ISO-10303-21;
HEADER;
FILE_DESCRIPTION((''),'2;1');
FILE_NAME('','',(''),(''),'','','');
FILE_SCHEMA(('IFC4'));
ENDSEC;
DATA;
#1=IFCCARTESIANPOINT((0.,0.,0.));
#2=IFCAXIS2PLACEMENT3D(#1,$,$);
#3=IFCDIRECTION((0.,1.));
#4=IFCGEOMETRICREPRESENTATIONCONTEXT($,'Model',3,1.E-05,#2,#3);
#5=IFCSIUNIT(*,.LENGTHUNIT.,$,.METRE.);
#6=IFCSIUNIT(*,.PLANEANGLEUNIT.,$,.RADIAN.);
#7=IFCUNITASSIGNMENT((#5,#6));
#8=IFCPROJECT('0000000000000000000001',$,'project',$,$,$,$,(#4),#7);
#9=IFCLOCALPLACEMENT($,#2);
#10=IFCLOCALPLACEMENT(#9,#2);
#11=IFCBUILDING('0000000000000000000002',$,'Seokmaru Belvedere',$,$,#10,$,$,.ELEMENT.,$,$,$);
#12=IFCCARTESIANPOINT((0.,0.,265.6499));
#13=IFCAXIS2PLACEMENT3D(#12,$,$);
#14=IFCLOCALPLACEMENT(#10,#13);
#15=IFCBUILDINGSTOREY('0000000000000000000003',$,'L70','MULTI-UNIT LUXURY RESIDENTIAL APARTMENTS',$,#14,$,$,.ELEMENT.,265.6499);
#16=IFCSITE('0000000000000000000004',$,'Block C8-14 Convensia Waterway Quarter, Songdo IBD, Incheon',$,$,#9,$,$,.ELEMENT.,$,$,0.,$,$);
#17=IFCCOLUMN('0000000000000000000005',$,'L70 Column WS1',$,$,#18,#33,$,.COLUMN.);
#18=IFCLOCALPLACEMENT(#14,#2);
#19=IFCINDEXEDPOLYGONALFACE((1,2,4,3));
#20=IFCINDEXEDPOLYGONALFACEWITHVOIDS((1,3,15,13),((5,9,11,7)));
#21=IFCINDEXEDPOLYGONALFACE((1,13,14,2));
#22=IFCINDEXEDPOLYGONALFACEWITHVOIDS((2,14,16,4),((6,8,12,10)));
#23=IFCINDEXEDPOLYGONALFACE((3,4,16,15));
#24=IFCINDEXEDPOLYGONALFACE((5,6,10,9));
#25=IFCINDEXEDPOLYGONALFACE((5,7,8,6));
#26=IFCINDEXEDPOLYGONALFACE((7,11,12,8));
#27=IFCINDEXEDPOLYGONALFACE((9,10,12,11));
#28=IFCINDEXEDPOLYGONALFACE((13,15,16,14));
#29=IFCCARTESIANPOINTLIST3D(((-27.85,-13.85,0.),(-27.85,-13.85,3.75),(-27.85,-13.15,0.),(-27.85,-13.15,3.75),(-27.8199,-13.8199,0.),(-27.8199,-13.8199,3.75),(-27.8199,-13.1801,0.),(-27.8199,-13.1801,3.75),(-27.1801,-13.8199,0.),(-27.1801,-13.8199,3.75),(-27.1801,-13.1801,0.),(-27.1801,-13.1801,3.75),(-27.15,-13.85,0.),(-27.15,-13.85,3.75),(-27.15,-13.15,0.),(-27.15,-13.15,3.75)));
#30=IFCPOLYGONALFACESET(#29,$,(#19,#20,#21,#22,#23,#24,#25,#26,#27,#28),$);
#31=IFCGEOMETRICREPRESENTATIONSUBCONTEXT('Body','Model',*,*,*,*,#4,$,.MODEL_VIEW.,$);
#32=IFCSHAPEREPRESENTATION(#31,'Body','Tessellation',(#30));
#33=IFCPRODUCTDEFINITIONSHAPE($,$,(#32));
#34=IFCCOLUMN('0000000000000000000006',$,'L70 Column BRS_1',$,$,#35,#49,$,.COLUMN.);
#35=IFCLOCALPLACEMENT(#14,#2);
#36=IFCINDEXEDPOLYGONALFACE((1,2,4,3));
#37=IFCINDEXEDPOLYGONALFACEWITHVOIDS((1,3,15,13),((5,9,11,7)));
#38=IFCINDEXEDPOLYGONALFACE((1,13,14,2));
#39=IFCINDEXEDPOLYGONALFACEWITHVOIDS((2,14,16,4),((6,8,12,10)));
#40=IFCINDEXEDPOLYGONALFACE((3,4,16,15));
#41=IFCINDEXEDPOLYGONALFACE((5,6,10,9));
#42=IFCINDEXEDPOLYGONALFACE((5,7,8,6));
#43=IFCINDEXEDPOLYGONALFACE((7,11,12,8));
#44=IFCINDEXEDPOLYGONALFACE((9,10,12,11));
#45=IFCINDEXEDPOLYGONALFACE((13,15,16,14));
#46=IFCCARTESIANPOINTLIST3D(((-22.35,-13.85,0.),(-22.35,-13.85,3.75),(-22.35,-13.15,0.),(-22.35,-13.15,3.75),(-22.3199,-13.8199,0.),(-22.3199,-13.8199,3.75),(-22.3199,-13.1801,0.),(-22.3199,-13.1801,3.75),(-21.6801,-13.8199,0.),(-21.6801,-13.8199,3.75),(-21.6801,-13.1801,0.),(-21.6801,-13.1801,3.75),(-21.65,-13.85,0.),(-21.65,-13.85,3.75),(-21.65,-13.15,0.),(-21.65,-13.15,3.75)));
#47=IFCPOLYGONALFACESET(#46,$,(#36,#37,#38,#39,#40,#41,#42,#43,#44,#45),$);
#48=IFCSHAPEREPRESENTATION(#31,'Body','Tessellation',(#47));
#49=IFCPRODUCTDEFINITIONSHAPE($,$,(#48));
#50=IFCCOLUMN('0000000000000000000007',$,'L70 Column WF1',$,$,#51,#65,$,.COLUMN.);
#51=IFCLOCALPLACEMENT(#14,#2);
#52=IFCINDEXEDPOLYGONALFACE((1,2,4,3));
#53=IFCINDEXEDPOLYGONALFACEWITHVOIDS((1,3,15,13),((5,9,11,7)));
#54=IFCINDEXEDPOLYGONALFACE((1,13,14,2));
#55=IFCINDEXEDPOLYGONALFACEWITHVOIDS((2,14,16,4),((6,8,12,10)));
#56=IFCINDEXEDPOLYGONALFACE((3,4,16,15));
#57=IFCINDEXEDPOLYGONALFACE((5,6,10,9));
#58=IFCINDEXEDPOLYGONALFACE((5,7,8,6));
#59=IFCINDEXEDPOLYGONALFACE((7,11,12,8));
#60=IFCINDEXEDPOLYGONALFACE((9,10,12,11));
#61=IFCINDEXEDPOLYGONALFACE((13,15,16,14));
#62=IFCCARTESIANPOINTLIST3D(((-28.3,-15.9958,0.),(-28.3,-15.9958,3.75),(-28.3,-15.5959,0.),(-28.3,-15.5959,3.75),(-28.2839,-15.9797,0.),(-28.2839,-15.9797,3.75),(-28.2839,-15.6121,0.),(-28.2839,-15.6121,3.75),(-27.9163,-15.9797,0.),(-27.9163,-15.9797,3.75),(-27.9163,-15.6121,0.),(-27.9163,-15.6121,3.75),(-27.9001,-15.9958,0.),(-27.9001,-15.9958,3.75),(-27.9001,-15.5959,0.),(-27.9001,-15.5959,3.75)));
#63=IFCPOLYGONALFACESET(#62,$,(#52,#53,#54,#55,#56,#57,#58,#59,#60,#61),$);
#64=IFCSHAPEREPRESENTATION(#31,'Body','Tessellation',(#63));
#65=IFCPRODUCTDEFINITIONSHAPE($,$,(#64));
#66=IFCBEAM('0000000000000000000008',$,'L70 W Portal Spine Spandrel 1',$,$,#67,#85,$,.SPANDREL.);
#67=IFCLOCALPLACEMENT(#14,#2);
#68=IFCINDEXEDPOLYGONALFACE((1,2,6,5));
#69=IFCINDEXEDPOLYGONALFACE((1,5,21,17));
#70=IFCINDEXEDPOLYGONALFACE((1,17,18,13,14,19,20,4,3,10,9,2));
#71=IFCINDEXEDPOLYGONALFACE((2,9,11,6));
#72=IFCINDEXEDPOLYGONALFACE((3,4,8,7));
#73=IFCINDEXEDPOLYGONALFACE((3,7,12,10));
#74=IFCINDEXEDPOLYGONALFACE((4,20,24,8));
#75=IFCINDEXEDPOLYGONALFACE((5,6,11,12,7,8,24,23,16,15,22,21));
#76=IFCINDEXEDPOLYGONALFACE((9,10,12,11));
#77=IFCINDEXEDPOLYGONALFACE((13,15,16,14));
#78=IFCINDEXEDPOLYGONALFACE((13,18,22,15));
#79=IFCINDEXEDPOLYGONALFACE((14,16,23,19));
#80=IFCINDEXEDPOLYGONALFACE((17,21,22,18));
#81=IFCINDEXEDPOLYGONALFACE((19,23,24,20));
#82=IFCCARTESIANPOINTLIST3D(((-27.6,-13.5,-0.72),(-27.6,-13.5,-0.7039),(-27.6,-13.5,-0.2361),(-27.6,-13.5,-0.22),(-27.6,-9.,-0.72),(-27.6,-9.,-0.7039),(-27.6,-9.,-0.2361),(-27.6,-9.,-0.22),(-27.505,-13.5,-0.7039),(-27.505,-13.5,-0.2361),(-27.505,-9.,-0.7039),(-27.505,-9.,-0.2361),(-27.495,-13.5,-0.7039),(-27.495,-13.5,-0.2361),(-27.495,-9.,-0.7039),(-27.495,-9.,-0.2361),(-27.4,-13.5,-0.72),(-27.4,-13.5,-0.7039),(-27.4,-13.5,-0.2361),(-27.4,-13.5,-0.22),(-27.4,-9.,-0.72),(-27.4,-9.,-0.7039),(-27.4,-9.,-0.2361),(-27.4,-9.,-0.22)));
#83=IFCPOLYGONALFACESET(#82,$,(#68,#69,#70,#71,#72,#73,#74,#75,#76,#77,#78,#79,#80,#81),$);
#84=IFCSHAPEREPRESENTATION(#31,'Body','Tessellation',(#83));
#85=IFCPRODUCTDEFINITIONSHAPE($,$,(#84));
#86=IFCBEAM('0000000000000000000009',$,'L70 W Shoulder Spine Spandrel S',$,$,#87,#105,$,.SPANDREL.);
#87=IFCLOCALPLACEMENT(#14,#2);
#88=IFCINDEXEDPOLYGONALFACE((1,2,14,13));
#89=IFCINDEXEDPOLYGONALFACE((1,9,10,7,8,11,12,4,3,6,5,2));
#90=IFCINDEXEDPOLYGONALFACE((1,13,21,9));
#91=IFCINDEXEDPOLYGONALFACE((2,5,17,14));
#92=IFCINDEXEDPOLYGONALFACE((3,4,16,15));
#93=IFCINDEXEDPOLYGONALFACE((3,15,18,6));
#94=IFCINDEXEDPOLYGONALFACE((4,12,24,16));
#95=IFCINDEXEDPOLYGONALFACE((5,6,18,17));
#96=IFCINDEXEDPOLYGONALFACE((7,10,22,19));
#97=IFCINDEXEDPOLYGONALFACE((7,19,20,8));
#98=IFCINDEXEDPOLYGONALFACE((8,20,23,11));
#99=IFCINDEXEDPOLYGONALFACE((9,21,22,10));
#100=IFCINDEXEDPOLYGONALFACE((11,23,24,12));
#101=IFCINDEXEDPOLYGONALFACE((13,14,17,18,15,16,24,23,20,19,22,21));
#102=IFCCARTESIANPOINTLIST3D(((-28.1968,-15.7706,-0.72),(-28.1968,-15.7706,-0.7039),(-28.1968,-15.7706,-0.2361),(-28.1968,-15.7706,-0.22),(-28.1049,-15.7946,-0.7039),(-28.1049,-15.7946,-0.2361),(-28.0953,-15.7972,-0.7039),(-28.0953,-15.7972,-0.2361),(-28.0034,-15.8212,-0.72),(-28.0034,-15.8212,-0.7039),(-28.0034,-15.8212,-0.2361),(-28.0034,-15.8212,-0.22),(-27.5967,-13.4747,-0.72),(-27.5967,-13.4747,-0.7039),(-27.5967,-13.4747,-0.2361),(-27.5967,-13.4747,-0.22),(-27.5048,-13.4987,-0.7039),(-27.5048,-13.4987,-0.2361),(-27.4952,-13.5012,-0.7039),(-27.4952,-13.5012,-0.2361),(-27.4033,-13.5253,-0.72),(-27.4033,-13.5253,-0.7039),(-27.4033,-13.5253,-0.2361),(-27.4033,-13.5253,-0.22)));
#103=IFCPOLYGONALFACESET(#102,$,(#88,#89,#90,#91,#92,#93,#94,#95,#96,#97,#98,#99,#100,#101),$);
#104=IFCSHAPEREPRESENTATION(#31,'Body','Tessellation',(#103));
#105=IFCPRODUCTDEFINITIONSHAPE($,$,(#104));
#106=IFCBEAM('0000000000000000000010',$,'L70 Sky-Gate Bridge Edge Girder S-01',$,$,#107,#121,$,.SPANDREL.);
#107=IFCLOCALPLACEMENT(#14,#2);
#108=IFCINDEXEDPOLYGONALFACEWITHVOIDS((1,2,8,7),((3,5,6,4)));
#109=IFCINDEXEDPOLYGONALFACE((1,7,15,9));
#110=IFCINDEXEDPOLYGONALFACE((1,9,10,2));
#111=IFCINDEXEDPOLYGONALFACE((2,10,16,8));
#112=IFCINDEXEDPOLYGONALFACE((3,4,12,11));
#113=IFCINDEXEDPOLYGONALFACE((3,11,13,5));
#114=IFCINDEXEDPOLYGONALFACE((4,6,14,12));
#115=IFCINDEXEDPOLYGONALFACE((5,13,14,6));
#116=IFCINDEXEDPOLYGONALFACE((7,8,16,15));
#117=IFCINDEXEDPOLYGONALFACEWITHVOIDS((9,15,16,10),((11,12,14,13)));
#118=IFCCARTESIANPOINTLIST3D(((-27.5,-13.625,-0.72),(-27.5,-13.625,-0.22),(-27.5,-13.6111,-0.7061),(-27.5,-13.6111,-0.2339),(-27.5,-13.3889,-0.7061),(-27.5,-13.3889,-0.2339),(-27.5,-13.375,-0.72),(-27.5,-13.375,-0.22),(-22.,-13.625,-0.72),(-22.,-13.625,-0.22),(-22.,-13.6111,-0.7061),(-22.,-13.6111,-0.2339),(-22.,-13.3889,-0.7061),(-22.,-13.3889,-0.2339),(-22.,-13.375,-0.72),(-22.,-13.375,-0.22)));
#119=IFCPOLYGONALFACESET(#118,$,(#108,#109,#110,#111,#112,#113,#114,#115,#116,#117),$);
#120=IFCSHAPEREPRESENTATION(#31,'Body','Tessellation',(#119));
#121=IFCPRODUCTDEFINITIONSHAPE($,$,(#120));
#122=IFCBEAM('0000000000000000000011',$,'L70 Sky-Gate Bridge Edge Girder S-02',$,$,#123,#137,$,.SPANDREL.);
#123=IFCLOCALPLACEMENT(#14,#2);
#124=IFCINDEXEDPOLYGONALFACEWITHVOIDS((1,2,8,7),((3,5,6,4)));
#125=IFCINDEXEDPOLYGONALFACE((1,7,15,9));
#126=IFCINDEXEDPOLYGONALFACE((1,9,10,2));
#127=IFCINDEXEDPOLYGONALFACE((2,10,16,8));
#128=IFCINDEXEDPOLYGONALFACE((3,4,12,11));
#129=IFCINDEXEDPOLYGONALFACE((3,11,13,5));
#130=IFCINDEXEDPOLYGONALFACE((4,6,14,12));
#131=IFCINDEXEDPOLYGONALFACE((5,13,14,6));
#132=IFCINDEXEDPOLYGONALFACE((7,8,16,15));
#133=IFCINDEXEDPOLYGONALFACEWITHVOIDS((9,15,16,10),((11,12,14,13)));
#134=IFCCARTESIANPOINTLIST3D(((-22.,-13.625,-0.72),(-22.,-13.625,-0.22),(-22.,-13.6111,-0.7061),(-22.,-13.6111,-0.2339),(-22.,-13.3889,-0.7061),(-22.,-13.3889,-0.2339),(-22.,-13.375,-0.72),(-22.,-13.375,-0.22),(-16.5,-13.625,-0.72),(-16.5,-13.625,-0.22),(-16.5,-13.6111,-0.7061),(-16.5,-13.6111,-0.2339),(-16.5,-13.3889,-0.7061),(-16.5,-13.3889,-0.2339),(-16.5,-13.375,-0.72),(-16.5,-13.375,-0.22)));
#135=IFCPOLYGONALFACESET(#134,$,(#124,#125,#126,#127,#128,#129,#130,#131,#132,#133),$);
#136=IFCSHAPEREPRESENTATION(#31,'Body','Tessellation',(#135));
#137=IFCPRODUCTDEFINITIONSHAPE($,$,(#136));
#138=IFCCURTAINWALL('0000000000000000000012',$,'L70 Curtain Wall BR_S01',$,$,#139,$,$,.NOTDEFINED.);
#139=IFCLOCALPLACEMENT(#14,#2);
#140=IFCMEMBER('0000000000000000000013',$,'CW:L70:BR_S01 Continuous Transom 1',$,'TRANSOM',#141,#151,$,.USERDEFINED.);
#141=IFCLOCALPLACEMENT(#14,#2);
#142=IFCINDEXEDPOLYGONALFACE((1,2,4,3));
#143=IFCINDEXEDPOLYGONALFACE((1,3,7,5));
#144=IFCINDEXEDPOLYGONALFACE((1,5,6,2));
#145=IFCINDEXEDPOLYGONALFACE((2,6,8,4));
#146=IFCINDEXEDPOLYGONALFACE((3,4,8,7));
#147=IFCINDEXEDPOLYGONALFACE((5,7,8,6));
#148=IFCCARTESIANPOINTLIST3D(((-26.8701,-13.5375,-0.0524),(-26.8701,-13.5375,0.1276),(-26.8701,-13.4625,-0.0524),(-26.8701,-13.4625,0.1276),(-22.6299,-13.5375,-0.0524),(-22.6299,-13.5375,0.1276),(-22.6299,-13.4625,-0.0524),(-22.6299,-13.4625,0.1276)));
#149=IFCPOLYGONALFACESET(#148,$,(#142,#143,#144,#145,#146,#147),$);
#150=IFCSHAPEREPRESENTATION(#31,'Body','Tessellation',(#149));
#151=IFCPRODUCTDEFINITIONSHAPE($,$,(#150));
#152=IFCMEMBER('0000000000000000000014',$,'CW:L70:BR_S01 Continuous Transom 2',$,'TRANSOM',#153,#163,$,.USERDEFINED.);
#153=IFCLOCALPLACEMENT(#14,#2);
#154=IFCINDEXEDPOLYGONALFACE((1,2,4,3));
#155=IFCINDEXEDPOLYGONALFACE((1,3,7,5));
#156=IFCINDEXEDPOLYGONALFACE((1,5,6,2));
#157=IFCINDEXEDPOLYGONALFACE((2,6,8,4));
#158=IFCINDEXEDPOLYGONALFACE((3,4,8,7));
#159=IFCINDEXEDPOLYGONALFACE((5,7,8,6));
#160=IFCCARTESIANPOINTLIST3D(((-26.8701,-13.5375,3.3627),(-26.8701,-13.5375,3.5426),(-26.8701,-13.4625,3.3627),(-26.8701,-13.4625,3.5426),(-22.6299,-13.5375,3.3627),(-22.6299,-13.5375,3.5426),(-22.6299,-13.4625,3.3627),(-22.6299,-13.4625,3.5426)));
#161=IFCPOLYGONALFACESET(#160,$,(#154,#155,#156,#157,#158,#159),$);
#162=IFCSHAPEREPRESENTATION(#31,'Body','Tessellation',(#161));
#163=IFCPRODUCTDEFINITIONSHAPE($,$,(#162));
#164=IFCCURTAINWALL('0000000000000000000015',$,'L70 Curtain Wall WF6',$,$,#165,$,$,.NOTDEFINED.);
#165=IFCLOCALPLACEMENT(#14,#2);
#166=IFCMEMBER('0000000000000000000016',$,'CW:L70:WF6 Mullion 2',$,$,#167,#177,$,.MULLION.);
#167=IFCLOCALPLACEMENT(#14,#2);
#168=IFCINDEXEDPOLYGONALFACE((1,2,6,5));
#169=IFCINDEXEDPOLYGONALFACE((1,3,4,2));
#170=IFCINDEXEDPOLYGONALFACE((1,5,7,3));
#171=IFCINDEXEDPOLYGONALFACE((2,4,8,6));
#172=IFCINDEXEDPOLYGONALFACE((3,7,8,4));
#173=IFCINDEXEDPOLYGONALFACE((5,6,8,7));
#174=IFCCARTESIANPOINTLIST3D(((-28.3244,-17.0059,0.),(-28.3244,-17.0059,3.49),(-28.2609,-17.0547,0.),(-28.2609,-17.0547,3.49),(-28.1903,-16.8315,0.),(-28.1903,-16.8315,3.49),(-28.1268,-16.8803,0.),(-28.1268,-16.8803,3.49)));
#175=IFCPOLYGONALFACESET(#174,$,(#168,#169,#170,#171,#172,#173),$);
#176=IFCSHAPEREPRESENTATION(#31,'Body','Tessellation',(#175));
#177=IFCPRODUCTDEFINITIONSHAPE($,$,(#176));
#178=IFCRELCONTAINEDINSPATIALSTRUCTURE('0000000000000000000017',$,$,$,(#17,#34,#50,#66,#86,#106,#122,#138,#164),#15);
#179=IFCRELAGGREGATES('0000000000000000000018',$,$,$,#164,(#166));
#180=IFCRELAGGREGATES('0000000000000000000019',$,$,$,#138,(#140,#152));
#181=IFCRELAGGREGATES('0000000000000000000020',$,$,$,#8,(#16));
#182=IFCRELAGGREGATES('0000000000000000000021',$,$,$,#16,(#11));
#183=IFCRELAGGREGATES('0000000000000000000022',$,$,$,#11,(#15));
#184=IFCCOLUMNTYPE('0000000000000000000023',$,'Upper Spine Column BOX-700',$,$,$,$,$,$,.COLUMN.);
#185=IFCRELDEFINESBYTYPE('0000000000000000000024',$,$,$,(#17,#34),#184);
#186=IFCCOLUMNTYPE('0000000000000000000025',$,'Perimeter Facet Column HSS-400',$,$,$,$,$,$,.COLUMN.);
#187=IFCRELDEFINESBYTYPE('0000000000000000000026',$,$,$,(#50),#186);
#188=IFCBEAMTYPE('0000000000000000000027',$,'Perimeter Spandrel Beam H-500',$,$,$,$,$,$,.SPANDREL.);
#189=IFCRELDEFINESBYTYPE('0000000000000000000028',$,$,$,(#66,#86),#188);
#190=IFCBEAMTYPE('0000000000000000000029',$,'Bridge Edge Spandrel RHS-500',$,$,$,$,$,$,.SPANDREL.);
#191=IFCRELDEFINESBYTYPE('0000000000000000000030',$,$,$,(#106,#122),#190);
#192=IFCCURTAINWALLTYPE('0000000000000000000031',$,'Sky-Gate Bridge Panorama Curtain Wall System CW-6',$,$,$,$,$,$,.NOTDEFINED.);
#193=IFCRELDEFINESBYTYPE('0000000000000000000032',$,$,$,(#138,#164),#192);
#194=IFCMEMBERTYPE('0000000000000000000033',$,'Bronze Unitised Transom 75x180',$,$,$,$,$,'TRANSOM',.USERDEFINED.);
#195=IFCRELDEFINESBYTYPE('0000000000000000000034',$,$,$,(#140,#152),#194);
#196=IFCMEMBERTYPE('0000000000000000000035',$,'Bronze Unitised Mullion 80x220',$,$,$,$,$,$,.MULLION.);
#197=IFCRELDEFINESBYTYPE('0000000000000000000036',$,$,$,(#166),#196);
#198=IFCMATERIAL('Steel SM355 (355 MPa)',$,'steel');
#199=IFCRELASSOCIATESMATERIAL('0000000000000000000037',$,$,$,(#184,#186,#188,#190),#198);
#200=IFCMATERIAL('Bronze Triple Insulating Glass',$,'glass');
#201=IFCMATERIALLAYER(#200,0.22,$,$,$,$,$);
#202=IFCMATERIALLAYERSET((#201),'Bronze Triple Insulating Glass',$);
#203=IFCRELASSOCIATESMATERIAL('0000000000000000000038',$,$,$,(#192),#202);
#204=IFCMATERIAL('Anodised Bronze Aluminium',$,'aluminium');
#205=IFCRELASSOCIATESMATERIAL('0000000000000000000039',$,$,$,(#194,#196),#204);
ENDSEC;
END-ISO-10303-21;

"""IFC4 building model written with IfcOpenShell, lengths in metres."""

from ifc_helpers import new_model, si_unit, direction, frame, origin, origin_2d, place, context, subcontext, project, spatial, rectangle, hollow_rectangle, i_section, extrude, source, transform, mapped, material, layer, layer_set, material_profile, profile_set, type_object, type_shapes, element, aggregate, save


model = new_model("IFC4")

# Units and contexts
model_context = context("Model", 3, precision=1e-05, world=origin(), true_north=direction((0.0, 1.0)))
body_context = subcontext(model_context, "Body", "Model", "MODEL_VIEW")
ifc_project = project(units=[si_unit("LENGTHUNIT", "METRE"), si_unit("PLANEANGLEUNIT", "RADIAN")], contexts=[model_context])

# Site, building, storey
site_placement = place(None, origin())
site = spatial("IfcSite", under=ifc_project, at=site_placement, Name="Block C8-14 Convensia Waterway Quarter, Songdo IBD, Incheon", CompositionType="ELEMENT", RefElevation=0.0)
building_placement = place(site_placement, origin())
building = spatial("IfcBuilding", under=site, at=building_placement, Name="Seokmaru Belvedere", CompositionType="ELEMENT")
storey_placement = place(building_placement, frame((0.0, 0.0, 265.6499)))
storey = spatial("IfcBuildingStorey", under=building, at=storey_placement, Name="L70", Description="MULTI-UNIT LUXURY RESIDENTIAL APARTMENTS", CompositionType="ELEMENT", Elevation=265.6499)

# Columns
ifc_material_1 = material(Name="Steel SM355 (355 MPa)", Category="steel")
ifc_material_profile_1 = material_profile(ifc_material_1, hollow_rectangle(XDim=0.7, YDim=0.7, WallThickness=0.03, at=origin_2d()), Name="BOX-700x700x30")
ifc_profile_set_1 = profile_set([ifc_material_profile_1], Name="Steel SM355 (355 MPa)")
column_type_1 = type_object("IfcColumnType", Name="Upper Spine Column BOX-700", PredefinedType="COLUMN", material=ifc_profile_set_1)
shared_shape_1 = source(origin(), body_context, "Body", "SweptSolid", [
    extrude(hollow_rectangle(XDim=0.7, YDim=0.7, WallThickness=0.03, at=origin_2d()), origin(), (0.0, 0.0, 1.0), 3.75),
])
type_shapes(column_type_1, [shared_shape_1])
for number, where, z_axis, x_axis, name in (
    (1, (-27.5, -13.5, 0.0), (0.0, 0.0, 1.0), (1.0, 0.0, 0.0), "L70 Column WS1"),
    (2, (-22.0, -13.5, 0.0), (0.0, 0.0, 1.0), (1.0, 0.0, 0.0), "L70 Column BRS_1"),
):
    element("IfcColumn", number, at=place(storey_placement, frame(where, z_axis=z_axis, x_axis=x_axis)), inside=storey, type_object=column_type_1, Name=name, PredefinedType="COLUMN", context=body_context, shape_type="MappedRepresentation", body=[
        mapped(shared_shape_1, transform((0.0, 0.0, 0.0), scale=1.0)),
    ])
ifc_material_profile_2 = material_profile(ifc_material_1, hollow_rectangle(XDim=0.3999, YDim=0.3999, WallThickness=0.0161, at=origin_2d()), Name="HSS-400x400x16")
ifc_profile_set_2 = profile_set([ifc_material_profile_2], Name="Steel SM355 (355 MPa)")
column_type_2 = type_object("IfcColumnType", Name="Perimeter Facet Column HSS-400", PredefinedType="COLUMN", material=ifc_profile_set_2)
shared_shape_2 = source(origin(), body_context, "Body", "SweptSolid", [
    extrude(hollow_rectangle(XDim=0.3999, YDim=0.3999, WallThickness=0.0161, at=origin_2d()), origin(), (0.0, 0.0, 1.0), 3.75),
])
type_shapes(column_type_2, [shared_shape_2])
column_placement = place(storey_placement, frame((-28.1001, -15.7959, 0.0), z_axis=(0.0, 0.0, 1.0), x_axis=(1.0, 0.0, 0.0)))
element("IfcColumn", 3, at=column_placement, inside=storey, type_object=column_type_2, Name="L70 Column WF1", PredefinedType="COLUMN", context=body_context, shape_type="MappedRepresentation", body=[
    mapped(shared_shape_2, transform((0.0, 0.0, 0.0), scale=1.0)),
])

# Beams
ifc_material_profile_3 = material_profile(ifc_material_1, i_section(OverallWidth=0.2, OverallDepth=0.5, WebThickness=0.01, FlangeThickness=0.0161, at=origin_2d()), Name="H-500x200x10x16")
ifc_profile_set_3 = profile_set([ifc_material_profile_3], Name="Steel SM355 (355 MPa)")
beam_type_1 = type_object("IfcBeamType", Name="Perimeter Spandrel Beam H-500", PredefinedType="SPANDREL", material=ifc_profile_set_3)
shared_shape_3 = source(origin(), body_context, "Body", "SweptSolid", [
    extrude(i_section(OverallWidth=0.2, OverallDepth=0.5, WebThickness=0.01, FlangeThickness=0.0161, at=origin_2d()), origin(), (0.0, 0.0, 1.0), 4.5),
])
beam_1_placement = place(storey_placement, frame((-27.5, -13.5, -0.47), z_axis=(0.0, 1.0, 0.0), x_axis=(-1.0, 0.0, 0.0)))
element("IfcBeam", 4, at=beam_1_placement, inside=storey, type_object=beam_type_1, Name="L70 W Portal Spine Spandrel 1", PredefinedType="SPANDREL", context=body_context, shape_type="MappedRepresentation", body=[
    mapped(shared_shape_3, transform((0.0, 0.0, 0.0), scale=1.0)),
])
shared_shape_4 = source(origin(), body_context, "Body", "SweptSolid", [
    extrude(i_section(OverallWidth=0.2, OverallDepth=0.5, WebThickness=0.01, FlangeThickness=0.0161, at=origin_2d()), origin(), (0.0, 0.0, 1.0), 2.373),
])
type_shapes(beam_type_1, [shared_shape_3, shared_shape_4])
beam_2_placement = place(storey_placement, frame((-28.1001, -15.7959, -0.47), z_axis=(0.252883, 0.967497, 0.0), x_axis=(-0.967497, 0.252883, 0.0)))
element("IfcBeam", 5, at=beam_2_placement, inside=storey, type_object=beam_type_1, Name="L70 W Shoulder Spine Spandrel S", PredefinedType="SPANDREL", context=body_context, shape_type="MappedRepresentation", body=[
    mapped(shared_shape_4, transform((0.0, 0.0, 0.0), scale=1.0)),
])
ifc_material_profile_4 = material_profile(ifc_material_1, hollow_rectangle(XDim=0.25, YDim=0.5, WallThickness=0.0139, at=origin_2d()), Name="RHS-500x250x14")
ifc_profile_set_4 = profile_set([ifc_material_profile_4], Name="Steel SM355 (355 MPa)")
beam_type_2 = type_object("IfcBeamType", Name="Bridge Edge Spandrel RHS-500", PredefinedType="SPANDREL", material=ifc_profile_set_4)
shared_shape_5 = source(origin(), body_context, "Body", "SweptSolid", [
    extrude(hollow_rectangle(XDim=0.25, YDim=0.5, WallThickness=0.0139, at=origin_2d()), origin(), (0.0, 0.0, 1.0), 5.5),
])
type_shapes(beam_type_2, [shared_shape_5])
for number, where, z_axis, x_axis, name in (
    (6, (-27.5, -13.5, -0.47), (1.0, 0.0, 0.0), (0.0, 1.0, 0.0), "L70 Sky-Gate Bridge Edge Girder S-01"),
    (7, (-22.0, -13.5, -0.47), (1.0, 0.0, 0.0), (0.0, 1.0, 0.0), "L70 Sky-Gate Bridge Edge Girder S-02"),
):
    element("IfcBeam", number, at=place(storey_placement, frame(where, z_axis=z_axis, x_axis=x_axis)), inside=storey, type_object=beam_type_2, Name=name, PredefinedType="SPANDREL", context=body_context, shape_type="MappedRepresentation", body=[
        mapped(shared_shape_5, transform((0.0, 0.0, 0.0), scale=1.0)),
    ])

# Curtain wall, members
ifc_material_2 = material(Name="Bronze Triple Insulating Glass", Category="glass")
ifc_layer_1 = layer(ifc_material_2, 0.22)
ifc_layer_set_1 = layer_set([ifc_layer_1], Name="Bronze Triple Insulating Glass")
curtain_wall_type = type_object("IfcCurtainWallType", Name="Sky-Gate Bridge Panorama Curtain Wall System CW-6", PredefinedType="NOTDEFINED", material=ifc_layer_set_1)
curtain_wall_1_placement = place(storey_placement, origin())
curtain_wall_1 = element("IfcCurtainWall", 8, at=curtain_wall_1_placement, inside=storey, type_object=curtain_wall_type, Name="L70 Curtain Wall BR_S01", PredefinedType="NOTDEFINED")
ifc_material_3 = material(Name="Anodised Bronze Aluminium", Category="aluminium")
ifc_material_profile_5 = material_profile(ifc_material_3, rectangle(XDim=0.075, YDim=0.1799, at=origin_2d()), Name="CW-T-75x180")
ifc_profile_set_5 = profile_set([ifc_material_profile_5], Name="Anodised Bronze Aluminium")
member_type_1 = type_object("IfcMemberType", Name="Bronze Unitised Transom 75x180", ElementType="TRANSOM", PredefinedType="USERDEFINED", material=ifc_profile_set_5)
shared_shape_6 = source(origin(), body_context, "Body", "SweptSolid", [
    extrude(rectangle(XDim=0.075, YDim=0.1799, at=origin_2d()), origin(), (0.0, 0.0, 1.0), 4.2402),
])
type_shapes(member_type_1, [shared_shape_6])
member_1_placement = place(storey_placement, frame((-26.8701, -13.5, 0.0376), z_axis=(1.0, 0.0, 0.0), x_axis=(0.0, 1.0, 0.0)))
member_1 = element("IfcMember", 9, at=member_1_placement, type_object=member_type_1, Name="CW:L70:BR_S01 Continuous Transom 1", ObjectType="TRANSOM", PredefinedType="USERDEFINED", context=body_context, shape_type="MappedRepresentation", body=[
    mapped(shared_shape_6, transform((0.0, 0.0, 0.0), scale=1.0)),
])
member_2_placement = place(storey_placement, frame((-26.8701, -13.5, 3.4526), z_axis=(1.0, 0.0, 0.0), x_axis=(0.0, 1.0, 0.0)))
member_2 = element("IfcMember", 10, at=member_2_placement, type_object=member_type_1, Name="CW:L70:BR_S01 Continuous Transom 2", ObjectType="TRANSOM", PredefinedType="USERDEFINED", context=body_context, shape_type="MappedRepresentation", body=[
    mapped(shared_shape_6, transform((0.0, 0.0, 0.0), scale=1.0)),
])

# Curtain wall, member
curtain_wall_2_placement = place(storey_placement, origin())
curtain_wall_2 = element("IfcCurtainWall", 11, at=curtain_wall_2_placement, inside=storey, type_object=curtain_wall_type, Name="L70 Curtain Wall WF6", PredefinedType="NOTDEFINED")
ifc_material_profile_6 = material_profile(ifc_material_3, rectangle(XDim=0.0801, YDim=0.22, at=origin_2d()), Name="CW-M-80x220")
ifc_profile_set_6 = profile_set([ifc_material_profile_6], Name="Anodised Bronze Aluminium")
member_type_2 = type_object("IfcMemberType", Name="Bronze Unitised Mullion 80x220", PredefinedType="MULLION", material=ifc_profile_set_6)
shared_shape_7 = source(origin(), body_context, "Body", "SweptSolid", [
    extrude(rectangle(XDim=0.0801, YDim=0.22, at=origin_2d()), origin(), (0.0, 0.0, 1.0), 3.49),
])
type_shapes(member_type_2, [shared_shape_7])
member_3_placement = place(storey_placement, frame((-28.2256, -16.9431, 0.0), z_axis=(0.0, 0.0, 1.0), x_axis=(-0.792631, 0.609701, 0.0)))
member_3 = element("IfcMember", 12, at=member_3_placement, type_object=member_type_2, Name="CW:L70:WF6 Mullion 2", PredefinedType="MULLION", context=body_context, shape_type="MappedRepresentation", body=[
    mapped(shared_shape_7, transform((0.0, 0.0, 0.0), scale=1.0)),
])

aggregate(curtain_wall_2, [member_3])
aggregate(curtain_wall_1, [member_1, member_2])

save(model, "model.ifc")
